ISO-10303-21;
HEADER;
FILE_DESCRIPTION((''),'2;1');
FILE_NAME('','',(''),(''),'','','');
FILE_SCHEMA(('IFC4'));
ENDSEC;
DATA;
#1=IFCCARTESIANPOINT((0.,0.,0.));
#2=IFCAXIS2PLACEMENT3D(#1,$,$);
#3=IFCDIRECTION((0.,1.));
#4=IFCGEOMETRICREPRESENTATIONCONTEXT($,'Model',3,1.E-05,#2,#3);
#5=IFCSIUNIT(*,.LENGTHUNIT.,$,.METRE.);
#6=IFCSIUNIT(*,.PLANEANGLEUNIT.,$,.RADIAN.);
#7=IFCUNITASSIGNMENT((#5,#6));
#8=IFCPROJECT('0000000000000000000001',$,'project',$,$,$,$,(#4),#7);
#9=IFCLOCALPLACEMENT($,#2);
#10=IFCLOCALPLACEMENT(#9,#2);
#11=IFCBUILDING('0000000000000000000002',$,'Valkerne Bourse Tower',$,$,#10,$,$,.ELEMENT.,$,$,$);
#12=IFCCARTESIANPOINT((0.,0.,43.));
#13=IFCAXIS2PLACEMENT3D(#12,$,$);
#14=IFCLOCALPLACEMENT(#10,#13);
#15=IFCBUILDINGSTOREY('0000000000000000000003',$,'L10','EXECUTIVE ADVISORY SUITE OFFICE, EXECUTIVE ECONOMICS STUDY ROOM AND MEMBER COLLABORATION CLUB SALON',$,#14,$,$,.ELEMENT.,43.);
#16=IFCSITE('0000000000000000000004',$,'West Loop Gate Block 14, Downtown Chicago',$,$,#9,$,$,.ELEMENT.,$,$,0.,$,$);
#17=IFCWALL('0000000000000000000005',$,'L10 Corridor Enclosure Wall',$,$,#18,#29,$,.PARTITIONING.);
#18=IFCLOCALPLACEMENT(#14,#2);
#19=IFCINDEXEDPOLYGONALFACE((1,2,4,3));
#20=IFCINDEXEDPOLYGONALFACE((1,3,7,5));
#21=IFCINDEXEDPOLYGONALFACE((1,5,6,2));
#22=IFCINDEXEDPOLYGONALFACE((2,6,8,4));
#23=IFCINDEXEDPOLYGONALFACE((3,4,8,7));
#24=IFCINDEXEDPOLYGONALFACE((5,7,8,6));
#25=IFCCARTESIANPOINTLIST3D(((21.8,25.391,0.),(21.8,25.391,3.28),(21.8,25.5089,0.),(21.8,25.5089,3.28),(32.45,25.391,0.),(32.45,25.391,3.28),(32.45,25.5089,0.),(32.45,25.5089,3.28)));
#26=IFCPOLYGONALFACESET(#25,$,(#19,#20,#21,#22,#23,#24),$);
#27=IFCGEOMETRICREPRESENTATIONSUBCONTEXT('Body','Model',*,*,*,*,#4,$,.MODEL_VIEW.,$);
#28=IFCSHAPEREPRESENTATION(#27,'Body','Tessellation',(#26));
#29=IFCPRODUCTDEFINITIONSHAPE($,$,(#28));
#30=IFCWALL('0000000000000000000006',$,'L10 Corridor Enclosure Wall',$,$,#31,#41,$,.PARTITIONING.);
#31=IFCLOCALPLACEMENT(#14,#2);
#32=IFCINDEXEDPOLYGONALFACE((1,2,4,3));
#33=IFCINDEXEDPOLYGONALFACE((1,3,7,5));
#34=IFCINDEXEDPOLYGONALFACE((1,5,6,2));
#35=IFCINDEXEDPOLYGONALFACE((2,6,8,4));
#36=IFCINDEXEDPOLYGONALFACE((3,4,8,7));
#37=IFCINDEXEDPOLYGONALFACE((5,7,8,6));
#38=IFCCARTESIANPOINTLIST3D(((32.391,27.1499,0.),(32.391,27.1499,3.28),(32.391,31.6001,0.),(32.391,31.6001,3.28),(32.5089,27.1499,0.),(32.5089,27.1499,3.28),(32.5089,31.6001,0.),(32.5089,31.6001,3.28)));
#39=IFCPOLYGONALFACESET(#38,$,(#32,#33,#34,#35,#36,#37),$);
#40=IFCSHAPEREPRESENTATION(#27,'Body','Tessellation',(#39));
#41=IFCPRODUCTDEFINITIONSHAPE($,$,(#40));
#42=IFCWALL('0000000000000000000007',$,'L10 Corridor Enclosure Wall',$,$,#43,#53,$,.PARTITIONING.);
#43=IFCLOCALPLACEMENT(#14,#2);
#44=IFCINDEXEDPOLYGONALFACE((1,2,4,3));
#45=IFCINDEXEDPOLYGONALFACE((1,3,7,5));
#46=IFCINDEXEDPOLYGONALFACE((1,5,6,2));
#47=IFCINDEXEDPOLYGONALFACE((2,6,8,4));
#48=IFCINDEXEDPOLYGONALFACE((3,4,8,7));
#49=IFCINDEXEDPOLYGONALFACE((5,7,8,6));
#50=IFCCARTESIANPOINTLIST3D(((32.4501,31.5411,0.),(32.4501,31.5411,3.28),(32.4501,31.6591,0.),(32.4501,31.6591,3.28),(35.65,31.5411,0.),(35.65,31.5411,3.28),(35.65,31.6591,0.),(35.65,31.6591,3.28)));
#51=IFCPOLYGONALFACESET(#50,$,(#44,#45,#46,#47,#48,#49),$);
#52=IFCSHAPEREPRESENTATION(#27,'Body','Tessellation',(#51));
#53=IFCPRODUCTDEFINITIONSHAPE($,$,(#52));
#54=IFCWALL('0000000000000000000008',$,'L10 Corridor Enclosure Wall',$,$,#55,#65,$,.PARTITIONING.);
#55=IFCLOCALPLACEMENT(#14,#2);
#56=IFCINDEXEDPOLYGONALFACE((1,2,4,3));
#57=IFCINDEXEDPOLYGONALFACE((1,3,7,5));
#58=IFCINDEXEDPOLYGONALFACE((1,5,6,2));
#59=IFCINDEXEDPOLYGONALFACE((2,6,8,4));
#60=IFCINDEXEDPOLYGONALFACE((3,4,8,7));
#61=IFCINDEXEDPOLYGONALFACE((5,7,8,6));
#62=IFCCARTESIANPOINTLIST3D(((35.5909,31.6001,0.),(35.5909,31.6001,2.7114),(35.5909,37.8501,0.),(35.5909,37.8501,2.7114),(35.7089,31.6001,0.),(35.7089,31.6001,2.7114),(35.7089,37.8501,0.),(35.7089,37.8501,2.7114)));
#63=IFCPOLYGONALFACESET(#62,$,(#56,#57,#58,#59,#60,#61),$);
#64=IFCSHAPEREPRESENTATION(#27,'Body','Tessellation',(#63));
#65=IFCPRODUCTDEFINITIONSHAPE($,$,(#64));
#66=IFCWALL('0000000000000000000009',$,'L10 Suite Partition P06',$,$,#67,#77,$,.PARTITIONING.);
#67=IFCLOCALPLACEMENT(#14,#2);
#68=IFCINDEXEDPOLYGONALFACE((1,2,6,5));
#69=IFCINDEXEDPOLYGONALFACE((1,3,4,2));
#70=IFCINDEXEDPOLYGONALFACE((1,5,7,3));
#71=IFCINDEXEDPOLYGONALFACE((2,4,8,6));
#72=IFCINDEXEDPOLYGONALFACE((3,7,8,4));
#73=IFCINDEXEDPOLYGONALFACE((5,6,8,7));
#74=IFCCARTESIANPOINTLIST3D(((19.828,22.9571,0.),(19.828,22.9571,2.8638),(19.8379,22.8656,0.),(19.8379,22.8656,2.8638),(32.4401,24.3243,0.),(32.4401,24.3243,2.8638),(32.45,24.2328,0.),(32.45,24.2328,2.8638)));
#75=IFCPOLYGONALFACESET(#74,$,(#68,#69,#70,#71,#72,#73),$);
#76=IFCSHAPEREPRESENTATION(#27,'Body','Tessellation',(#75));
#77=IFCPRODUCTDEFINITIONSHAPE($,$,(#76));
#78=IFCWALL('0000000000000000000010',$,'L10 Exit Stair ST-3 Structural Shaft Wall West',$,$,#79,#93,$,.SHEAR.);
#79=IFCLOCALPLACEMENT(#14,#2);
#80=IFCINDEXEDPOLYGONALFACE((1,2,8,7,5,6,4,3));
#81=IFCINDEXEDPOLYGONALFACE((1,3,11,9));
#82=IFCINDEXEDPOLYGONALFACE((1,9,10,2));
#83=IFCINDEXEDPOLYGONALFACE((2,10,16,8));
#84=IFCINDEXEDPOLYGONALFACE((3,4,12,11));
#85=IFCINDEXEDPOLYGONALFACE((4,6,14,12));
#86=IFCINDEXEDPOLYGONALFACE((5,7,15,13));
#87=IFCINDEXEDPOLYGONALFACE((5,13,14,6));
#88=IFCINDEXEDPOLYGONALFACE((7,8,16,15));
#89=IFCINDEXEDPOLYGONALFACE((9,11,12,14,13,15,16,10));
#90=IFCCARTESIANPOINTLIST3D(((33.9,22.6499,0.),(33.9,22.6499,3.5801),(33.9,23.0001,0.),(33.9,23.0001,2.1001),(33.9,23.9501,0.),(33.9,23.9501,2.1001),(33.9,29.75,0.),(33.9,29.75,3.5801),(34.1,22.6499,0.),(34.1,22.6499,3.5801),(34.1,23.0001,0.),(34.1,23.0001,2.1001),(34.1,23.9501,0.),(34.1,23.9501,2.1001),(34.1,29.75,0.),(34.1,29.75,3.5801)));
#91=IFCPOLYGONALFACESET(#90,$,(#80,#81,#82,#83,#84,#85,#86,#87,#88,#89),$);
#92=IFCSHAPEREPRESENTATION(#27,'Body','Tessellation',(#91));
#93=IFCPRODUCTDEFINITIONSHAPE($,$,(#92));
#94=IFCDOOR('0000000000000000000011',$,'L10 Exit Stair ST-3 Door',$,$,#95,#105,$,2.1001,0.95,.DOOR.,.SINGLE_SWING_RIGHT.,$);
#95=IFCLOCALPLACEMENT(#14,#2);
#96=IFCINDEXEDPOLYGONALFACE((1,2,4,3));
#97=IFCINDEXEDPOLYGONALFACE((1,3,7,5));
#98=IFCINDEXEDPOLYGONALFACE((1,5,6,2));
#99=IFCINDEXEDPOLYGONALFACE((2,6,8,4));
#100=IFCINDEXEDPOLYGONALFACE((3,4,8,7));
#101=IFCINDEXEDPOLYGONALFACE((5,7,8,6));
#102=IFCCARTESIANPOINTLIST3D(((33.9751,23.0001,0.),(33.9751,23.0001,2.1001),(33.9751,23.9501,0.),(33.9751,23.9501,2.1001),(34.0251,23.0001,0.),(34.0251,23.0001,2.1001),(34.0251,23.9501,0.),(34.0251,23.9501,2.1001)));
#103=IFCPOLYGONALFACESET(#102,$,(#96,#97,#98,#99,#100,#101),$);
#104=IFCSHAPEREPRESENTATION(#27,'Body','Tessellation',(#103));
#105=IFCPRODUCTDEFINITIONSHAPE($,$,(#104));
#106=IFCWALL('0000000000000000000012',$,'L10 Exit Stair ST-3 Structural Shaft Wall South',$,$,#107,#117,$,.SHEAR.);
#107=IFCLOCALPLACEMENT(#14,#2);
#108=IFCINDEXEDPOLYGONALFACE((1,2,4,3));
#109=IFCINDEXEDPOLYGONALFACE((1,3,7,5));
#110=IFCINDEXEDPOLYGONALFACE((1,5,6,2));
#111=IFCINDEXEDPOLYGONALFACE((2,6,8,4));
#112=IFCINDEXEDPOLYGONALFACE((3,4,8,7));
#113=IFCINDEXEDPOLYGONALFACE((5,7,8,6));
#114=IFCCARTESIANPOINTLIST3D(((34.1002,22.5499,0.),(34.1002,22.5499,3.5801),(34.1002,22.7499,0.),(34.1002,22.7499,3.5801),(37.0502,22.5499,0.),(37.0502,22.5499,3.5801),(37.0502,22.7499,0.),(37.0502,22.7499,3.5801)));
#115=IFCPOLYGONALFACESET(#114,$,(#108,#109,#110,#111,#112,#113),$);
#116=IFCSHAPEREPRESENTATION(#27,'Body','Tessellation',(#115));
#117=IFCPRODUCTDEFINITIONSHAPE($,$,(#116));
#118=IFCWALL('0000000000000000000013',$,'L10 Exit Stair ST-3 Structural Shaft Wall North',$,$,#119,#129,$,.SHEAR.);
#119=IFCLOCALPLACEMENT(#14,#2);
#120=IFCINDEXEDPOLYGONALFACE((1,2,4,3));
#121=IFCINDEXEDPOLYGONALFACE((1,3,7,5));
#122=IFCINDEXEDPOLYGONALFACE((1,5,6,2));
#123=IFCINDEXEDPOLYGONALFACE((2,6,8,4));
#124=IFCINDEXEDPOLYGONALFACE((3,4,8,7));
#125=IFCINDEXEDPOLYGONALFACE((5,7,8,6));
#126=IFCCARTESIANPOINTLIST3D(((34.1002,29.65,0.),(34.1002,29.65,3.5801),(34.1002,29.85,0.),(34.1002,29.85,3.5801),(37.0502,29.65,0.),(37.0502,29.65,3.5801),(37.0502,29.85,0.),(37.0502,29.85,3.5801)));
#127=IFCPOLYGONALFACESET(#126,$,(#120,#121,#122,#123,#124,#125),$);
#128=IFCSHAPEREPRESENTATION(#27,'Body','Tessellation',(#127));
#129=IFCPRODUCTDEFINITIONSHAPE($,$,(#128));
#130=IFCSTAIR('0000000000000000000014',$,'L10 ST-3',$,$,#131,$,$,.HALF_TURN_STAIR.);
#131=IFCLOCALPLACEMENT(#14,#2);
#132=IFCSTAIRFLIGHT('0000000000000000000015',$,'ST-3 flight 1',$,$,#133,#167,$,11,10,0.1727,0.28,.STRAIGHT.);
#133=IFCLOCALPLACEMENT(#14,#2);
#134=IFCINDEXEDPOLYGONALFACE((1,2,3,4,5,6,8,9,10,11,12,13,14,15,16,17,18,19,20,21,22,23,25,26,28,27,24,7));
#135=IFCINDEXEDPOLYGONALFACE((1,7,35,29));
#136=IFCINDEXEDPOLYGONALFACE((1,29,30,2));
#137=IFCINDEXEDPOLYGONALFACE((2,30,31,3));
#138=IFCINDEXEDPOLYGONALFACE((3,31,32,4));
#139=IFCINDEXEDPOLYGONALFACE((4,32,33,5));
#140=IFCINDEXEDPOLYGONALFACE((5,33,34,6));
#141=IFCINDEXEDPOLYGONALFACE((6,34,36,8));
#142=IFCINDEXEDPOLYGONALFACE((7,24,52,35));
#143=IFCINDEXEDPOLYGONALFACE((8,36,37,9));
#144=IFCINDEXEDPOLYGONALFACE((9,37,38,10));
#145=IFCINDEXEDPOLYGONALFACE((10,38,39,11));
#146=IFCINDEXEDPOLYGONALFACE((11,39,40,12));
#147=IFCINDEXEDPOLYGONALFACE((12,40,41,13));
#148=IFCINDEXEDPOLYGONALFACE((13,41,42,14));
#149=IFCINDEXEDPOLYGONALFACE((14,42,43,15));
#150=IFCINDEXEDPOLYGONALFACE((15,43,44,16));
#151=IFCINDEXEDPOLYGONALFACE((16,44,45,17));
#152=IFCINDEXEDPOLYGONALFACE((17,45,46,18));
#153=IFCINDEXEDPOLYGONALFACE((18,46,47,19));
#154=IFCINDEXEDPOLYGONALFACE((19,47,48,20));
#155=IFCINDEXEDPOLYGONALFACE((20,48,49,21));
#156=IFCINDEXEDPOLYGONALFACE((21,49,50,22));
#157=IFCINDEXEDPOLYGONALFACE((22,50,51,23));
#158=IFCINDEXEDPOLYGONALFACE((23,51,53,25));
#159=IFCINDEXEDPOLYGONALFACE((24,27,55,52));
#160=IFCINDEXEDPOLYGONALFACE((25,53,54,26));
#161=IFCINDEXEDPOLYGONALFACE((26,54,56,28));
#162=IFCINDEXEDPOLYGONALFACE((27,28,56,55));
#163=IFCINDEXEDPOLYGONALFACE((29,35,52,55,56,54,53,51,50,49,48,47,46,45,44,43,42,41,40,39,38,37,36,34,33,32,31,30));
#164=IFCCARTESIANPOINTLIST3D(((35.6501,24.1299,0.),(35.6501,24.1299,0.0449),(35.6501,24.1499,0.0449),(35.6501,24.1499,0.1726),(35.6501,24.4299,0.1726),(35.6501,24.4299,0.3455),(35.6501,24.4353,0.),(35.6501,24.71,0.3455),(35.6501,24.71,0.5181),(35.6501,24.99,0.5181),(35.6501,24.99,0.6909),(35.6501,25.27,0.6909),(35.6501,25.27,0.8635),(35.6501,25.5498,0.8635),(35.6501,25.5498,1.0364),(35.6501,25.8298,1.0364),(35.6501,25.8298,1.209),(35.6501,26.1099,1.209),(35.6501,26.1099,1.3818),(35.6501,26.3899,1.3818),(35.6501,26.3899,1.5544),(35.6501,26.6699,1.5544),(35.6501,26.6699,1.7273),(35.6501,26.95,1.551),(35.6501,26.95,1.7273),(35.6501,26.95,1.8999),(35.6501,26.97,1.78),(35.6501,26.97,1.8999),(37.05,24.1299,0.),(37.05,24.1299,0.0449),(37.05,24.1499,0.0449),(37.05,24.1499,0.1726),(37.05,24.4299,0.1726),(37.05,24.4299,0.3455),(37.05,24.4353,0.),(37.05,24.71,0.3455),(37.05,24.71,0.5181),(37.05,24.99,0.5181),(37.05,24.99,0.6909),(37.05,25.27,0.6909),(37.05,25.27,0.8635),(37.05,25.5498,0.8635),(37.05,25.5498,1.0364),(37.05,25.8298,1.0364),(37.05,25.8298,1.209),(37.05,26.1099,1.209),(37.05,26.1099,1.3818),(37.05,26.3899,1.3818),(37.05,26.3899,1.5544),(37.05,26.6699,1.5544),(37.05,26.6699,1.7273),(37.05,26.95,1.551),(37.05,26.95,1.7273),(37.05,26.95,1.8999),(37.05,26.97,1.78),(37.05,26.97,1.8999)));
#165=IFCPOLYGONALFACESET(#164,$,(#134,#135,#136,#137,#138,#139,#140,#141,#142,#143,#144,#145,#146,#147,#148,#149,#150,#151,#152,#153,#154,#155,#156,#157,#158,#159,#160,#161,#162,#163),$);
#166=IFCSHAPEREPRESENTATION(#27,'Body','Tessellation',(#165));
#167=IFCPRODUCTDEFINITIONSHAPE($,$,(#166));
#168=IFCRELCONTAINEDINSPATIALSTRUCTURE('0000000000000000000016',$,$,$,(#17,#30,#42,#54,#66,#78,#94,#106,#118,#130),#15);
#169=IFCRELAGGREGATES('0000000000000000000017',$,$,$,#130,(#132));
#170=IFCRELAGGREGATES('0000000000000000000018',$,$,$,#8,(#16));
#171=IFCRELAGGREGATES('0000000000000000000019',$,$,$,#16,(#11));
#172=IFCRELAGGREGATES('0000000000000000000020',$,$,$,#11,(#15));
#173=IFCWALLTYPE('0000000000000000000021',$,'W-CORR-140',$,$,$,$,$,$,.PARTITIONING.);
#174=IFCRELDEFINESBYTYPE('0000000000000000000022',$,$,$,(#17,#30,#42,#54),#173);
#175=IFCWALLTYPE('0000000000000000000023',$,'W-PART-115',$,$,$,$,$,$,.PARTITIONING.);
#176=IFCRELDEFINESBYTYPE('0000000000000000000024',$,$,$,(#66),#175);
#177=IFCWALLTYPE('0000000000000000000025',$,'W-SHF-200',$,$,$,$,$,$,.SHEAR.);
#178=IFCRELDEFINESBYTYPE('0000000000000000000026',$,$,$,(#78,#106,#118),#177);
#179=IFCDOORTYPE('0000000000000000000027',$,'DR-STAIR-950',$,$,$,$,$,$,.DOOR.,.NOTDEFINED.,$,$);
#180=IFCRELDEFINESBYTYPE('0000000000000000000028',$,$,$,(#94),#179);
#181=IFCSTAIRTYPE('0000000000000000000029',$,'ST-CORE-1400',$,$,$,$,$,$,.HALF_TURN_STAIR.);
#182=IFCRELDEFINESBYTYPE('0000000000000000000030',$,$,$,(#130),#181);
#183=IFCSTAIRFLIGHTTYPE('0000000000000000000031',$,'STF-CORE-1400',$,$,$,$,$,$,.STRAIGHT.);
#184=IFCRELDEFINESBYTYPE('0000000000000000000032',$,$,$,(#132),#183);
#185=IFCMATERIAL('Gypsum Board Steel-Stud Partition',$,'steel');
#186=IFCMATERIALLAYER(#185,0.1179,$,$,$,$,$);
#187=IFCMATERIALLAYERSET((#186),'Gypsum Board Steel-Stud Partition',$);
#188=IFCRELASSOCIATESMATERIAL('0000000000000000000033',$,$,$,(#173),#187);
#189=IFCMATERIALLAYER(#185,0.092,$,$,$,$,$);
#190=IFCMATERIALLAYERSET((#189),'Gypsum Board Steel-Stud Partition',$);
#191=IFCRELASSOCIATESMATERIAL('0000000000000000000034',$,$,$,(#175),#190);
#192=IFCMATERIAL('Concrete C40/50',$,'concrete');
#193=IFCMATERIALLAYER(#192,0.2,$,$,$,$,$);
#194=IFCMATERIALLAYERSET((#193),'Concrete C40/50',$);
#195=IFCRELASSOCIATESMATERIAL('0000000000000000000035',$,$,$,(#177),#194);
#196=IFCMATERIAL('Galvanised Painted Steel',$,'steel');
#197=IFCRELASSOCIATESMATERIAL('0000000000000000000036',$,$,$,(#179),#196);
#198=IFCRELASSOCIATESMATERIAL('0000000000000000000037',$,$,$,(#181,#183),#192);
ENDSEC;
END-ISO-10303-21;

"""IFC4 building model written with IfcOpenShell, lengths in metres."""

from ifc_helpers import new_model, si_unit, direction, frame, frame_2d, origin, place, context, subcontext, project, spatial, polyline, rectangle, outline, extrude, material, layer, layer_set, type_object, element, fill, aggregate, save


model = new_model("IFC4")

# Units and contexts
model_context = context("Model", 3, precision=1e-05, world=origin(), true_north=direction((0.0, 1.0)))
body_context = subcontext(model_context, "Body", "Model", "MODEL_VIEW")
ifc_project = project(units=[si_unit("LENGTHUNIT", "METRE"), si_unit("PLANEANGLEUNIT", "RADIAN")], contexts=[model_context])

# Site, building, storey
site_placement = place(None, origin())
site = spatial("IfcSite", under=ifc_project, at=site_placement, Name="West Loop Gate Block 14, Downtown Chicago", CompositionType="ELEMENT", RefElevation=0.0)
building_placement = place(site_placement, origin())
building = spatial("IfcBuilding", under=site, at=building_placement, Name="Valkerne Bourse Tower", CompositionType="ELEMENT")
storey_placement = place(building_placement, frame((0.0, 0.0, 43.0)))
storey = spatial("IfcBuildingStorey", under=building, at=storey_placement, Name="L10", Description="EXECUTIVE ADVISORY SUITE OFFICE, EXECUTIVE ECONOMICS STUDY ROOM AND MEMBER COLLABORATION CLUB SALON", CompositionType="ELEMENT", Elevation=43.0)

# Walls
ifc_material_1 = material(Name="Gypsum Board Steel-Stud Partition", Category="steel")
ifc_layer_1 = layer(ifc_material_1, 0.1179)
ifc_layer_set_1 = layer_set([ifc_layer_1], Name="Gypsum Board Steel-Stud Partition")
wall_type_1 = type_object("IfcWallType", Name="W-CORR-140", PredefinedType="PARTITIONING", material=ifc_layer_set_1)
wall_1_placement = place(storey_placement, frame((32.45, 25.45, 0.0), z_axis=(0.0, 0.0, 1.0), x_axis=(-1.0, 0.0, 0.0)))
element("IfcWall", 1, at=wall_1_placement, inside=storey, type_object=wall_type_1, Name="L10 Corridor Enclosure Wall", PredefinedType="PARTITIONING", context=body_context, shape_type="SweptSolid", body=[
    extrude(rectangle(XDim=10.6499, YDim=0.1179, at=frame_2d((5.325, 0.0))), origin(), (0.0, 0.0, 1.0), 3.28),
])
wall_2_placement = place(storey_placement, frame((32.45, 27.1499, 0.0), z_axis=(0.0, 0.0, 1.0), x_axis=(0.0, 1.0, 0.0)))
element("IfcWall", 2, at=wall_2_placement, inside=storey, type_object=wall_type_1, Name="L10 Corridor Enclosure Wall", PredefinedType="PARTITIONING", context=body_context, shape_type="SweptSolid", body=[
    extrude(rectangle(XDim=4.4502, YDim=0.1179, at=frame_2d((2.2251, 0.0))), origin(), (0.0, 0.0, 1.0), 3.28),
])
wall_3_placement = place(storey_placement, frame((32.45, 31.6001, 0.0), z_axis=(0.0, 0.0, 1.0), x_axis=(1.0, 0.0, 0.0)))
element("IfcWall", 3, at=wall_3_placement, inside=storey, type_object=wall_type_1, Name="L10 Corridor Enclosure Wall", PredefinedType="PARTITIONING", context=body_context, shape_type="SweptSolid", body=[
    extrude(rectangle(XDim=3.2, YDim=0.1179, at=frame_2d((1.6001, 0.0))), origin(), (0.0, 0.0, 1.0), 3.28),
])
wall_4_placement = place(storey_placement, frame((35.6499, 31.6001, 0.0), z_axis=(0.0, 0.0, 1.0), x_axis=(0.0, 1.0, 0.0)))
element("IfcWall", 4, at=wall_4_placement, inside=storey, type_object=wall_type_1, Name="L10 Corridor Enclosure Wall", PredefinedType="PARTITIONING", context=body_context, shape_type="SweptSolid", body=[
    extrude(rectangle(XDim=6.25, YDim=0.1179, at=frame_2d((3.125, 0.0))), origin(), (0.0, 0.0, 1.0), 2.7114),
])
ifc_layer_2 = layer(ifc_material_1, 0.092)
ifc_layer_set_2 = layer_set([ifc_layer_2], Name="Gypsum Board Steel-Stud Partition")
wall_type_2 = type_object("IfcWallType", Name="W-PART-115", PredefinedType="PARTITIONING", material=ifc_layer_set_2)
wall_5_placement = place(storey_placement, frame((32.4451, 24.2786, 0.0), z_axis=(0.0, 0.0, 1.0), x_axis=(-0.994176, -0.107772, 0.0)))
element("IfcWall", 5, at=wall_5_placement, inside=storey, type_object=wall_type_2, Name="L10 Suite Partition P06", PredefinedType="PARTITIONING", context=body_context, shape_type="SweptSolid", body=[
    extrude(rectangle(XDim=12.686, YDim=0.092, at=frame_2d((6.343, 0.0))), origin(), (0.0, 0.0, 1.0), 2.8638),
])

# Wall, opening, door
ifc_material_2 = material(Name="Concrete C40/50", Category="concrete")
ifc_layer_3 = layer(ifc_material_2, 0.2)
ifc_layer_set_3 = layer_set([ifc_layer_3], Name="Concrete C40/50")
wall_type_3 = type_object("IfcWallType", Name="W-SHF-200", PredefinedType="SHEAR", material=ifc_layer_set_3)
wall_6_placement = place(storey_placement, frame((34.0, 22.6499, 0.0), z_axis=(0.0, 0.0, 1.0), x_axis=(0.0, 1.0, 0.0)))
wall_6 = element("IfcWall", 6, at=wall_6_placement, inside=storey, type_object=wall_type_3, Name="L10 Exit Stair ST-3 Structural Shaft Wall West", PredefinedType="SHEAR", context=body_context, shape_type="SweptSolid", body=[
    extrude(rectangle(XDim=7.1001, YDim=0.2, at=frame_2d((3.55, 0.0))), origin(), (0.0, 0.0, 1.0), 3.5801),
])
opening_placement = place(wall_6_placement, frame((0.3501, 0.0, 0.0)))
opening = element("IfcOpeningElement", 7, at=opening_placement, cuts=wall_6, PredefinedType="OPENING", context=body_context, shape_type="SweptSolid", body=[
    extrude(rectangle(XDim=0.95, YDim=2.1001, at=frame_2d((0.4751, 1.05))), frame((0.0, 0.1099, 0.0), z_axis=(0.0, -1.0, 0.0), x_axis=(1.0, 0.0, 0.0)), (0.0, 0.0, 1.0), 0.22),
])
ifc_material_3 = material(Name="Galvanised Painted Steel", Category="steel")
door_type = type_object("IfcDoorType", Name="DR-STAIR-950", OperationType="NOTDEFINED", PredefinedType="DOOR", material=ifc_material_3)
door_placement = place(opening_placement, origin())
door = element("IfcDoor", 8, at=door_placement, inside=storey, type_object=door_type, Name="L10 Exit Stair ST-3 Door", OperationType="SINGLE_SWING_RIGHT", OverallHeight=2.1001, OverallWidth=0.95, PredefinedType="DOOR", context=body_context, shape_type="SweptSolid", body=[
    extrude(rectangle(XDim=0.95, YDim=2.1001, at=frame_2d((0.4751, 1.05))), frame((0.0, 0.0249, 0.0), z_axis=(0.0, -1.0, 0.0), x_axis=(1.0, 0.0, 0.0)), (0.0, 0.0, 1.0), 0.05),
])
fill(opening, door)

# Walls
for number, where, z_axis, x_axis, name in (
    (9, (34.1001, 22.6499, 0.0), (0.0, 0.0, 1.0), (1.0, 0.0, 0.0), "L10 Exit Stair ST-3 Structural Shaft Wall South"),
    (10, (34.1001, 29.75, 0.0), (0.0, 0.0, 1.0), (1.0, 0.0, 0.0), "L10 Exit Stair ST-3 Structural Shaft Wall North"),
):
    element("IfcWall", number, at=place(storey_placement, frame(where, z_axis=z_axis, x_axis=x_axis)), inside=storey, type_object=wall_type_3, Name=name, PredefinedType="SHEAR", context=body_context, shape_type="SweptSolid", body=[
        extrude(rectangle(XDim=2.95, YDim=0.2, at=frame_2d((1.4751, 0.0))), origin(), (0.0, 0.0, 1.0), 3.5801),
    ])

# Stair, stair flight
stair_type = type_object("IfcStairType", Name="ST-CORE-1400", PredefinedType="HALF_TURN_STAIR", material=ifc_material_2)
stair_placement = place(storey_placement, origin())
stair = element("IfcStair", 11, at=stair_placement, inside=storey, type_object=stair_type, Name="L10 ST-3", PredefinedType="HALF_TURN_STAIR")
stair_flight_type = type_object("IfcStairFlightType", Name="STF-CORE-1400", PredefinedType="STRAIGHT", material=ifc_material_2)
stair_flight_1_placement = place(storey_placement, frame((36.3501, 24.1499, 0.0), z_axis=(0.0, 0.0, 1.0), x_axis=(0.0, 1.0, 0.0)))
stair_flight_1 = element("IfcStairFlight", 12, at=stair_flight_1_placement, type_object=stair_flight_type, Name="ST-3 flight 1", NumberOfRisers=11, NumberOfTreads=10, PredefinedType="STRAIGHT", RiserHeight=0.1727, TreadLength=0.28, context=body_context, shape_type="SweptSolid", body=[
    extrude(outline(polyline([(-0.02, 0.0), (-0.02, 0.0449), (0.0, 0.0449), (0.0, 0.1726), (0.28, 0.1726), (0.28, 0.3455), (0.5601, 0.3455), (0.5601, 0.5181), (0.8401, 0.5181), (0.8401, 0.6909), (1.1201, 0.6909), (1.1201, 0.8635), (1.3999, 0.8635), (1.3999, 1.0364), (1.6799, 1.0364), (1.6799, 1.209), (1.96, 1.209), (1.96, 1.3818), (2.24, 1.3818), (2.24, 1.5544), (2.52, 1.5544), (2.52, 1.7273), (2.8, 1.7273), (2.8, 1.8999), (2.8201, 1.8999), (2.8201, 1.78), (2.8, 1.551), (0.2854, 0.0), (-0.02, 0.0)])), frame((0.0, 0.7, 0.0), z_axis=(0.0, -1.0, 0.0), x_axis=(1.0, 0.0, 0.0)), (0.0, 0.0, 1.0), 1.3999),
])
aggregate(stair, [stair_flight_1])

save(model, "model.ifc")
